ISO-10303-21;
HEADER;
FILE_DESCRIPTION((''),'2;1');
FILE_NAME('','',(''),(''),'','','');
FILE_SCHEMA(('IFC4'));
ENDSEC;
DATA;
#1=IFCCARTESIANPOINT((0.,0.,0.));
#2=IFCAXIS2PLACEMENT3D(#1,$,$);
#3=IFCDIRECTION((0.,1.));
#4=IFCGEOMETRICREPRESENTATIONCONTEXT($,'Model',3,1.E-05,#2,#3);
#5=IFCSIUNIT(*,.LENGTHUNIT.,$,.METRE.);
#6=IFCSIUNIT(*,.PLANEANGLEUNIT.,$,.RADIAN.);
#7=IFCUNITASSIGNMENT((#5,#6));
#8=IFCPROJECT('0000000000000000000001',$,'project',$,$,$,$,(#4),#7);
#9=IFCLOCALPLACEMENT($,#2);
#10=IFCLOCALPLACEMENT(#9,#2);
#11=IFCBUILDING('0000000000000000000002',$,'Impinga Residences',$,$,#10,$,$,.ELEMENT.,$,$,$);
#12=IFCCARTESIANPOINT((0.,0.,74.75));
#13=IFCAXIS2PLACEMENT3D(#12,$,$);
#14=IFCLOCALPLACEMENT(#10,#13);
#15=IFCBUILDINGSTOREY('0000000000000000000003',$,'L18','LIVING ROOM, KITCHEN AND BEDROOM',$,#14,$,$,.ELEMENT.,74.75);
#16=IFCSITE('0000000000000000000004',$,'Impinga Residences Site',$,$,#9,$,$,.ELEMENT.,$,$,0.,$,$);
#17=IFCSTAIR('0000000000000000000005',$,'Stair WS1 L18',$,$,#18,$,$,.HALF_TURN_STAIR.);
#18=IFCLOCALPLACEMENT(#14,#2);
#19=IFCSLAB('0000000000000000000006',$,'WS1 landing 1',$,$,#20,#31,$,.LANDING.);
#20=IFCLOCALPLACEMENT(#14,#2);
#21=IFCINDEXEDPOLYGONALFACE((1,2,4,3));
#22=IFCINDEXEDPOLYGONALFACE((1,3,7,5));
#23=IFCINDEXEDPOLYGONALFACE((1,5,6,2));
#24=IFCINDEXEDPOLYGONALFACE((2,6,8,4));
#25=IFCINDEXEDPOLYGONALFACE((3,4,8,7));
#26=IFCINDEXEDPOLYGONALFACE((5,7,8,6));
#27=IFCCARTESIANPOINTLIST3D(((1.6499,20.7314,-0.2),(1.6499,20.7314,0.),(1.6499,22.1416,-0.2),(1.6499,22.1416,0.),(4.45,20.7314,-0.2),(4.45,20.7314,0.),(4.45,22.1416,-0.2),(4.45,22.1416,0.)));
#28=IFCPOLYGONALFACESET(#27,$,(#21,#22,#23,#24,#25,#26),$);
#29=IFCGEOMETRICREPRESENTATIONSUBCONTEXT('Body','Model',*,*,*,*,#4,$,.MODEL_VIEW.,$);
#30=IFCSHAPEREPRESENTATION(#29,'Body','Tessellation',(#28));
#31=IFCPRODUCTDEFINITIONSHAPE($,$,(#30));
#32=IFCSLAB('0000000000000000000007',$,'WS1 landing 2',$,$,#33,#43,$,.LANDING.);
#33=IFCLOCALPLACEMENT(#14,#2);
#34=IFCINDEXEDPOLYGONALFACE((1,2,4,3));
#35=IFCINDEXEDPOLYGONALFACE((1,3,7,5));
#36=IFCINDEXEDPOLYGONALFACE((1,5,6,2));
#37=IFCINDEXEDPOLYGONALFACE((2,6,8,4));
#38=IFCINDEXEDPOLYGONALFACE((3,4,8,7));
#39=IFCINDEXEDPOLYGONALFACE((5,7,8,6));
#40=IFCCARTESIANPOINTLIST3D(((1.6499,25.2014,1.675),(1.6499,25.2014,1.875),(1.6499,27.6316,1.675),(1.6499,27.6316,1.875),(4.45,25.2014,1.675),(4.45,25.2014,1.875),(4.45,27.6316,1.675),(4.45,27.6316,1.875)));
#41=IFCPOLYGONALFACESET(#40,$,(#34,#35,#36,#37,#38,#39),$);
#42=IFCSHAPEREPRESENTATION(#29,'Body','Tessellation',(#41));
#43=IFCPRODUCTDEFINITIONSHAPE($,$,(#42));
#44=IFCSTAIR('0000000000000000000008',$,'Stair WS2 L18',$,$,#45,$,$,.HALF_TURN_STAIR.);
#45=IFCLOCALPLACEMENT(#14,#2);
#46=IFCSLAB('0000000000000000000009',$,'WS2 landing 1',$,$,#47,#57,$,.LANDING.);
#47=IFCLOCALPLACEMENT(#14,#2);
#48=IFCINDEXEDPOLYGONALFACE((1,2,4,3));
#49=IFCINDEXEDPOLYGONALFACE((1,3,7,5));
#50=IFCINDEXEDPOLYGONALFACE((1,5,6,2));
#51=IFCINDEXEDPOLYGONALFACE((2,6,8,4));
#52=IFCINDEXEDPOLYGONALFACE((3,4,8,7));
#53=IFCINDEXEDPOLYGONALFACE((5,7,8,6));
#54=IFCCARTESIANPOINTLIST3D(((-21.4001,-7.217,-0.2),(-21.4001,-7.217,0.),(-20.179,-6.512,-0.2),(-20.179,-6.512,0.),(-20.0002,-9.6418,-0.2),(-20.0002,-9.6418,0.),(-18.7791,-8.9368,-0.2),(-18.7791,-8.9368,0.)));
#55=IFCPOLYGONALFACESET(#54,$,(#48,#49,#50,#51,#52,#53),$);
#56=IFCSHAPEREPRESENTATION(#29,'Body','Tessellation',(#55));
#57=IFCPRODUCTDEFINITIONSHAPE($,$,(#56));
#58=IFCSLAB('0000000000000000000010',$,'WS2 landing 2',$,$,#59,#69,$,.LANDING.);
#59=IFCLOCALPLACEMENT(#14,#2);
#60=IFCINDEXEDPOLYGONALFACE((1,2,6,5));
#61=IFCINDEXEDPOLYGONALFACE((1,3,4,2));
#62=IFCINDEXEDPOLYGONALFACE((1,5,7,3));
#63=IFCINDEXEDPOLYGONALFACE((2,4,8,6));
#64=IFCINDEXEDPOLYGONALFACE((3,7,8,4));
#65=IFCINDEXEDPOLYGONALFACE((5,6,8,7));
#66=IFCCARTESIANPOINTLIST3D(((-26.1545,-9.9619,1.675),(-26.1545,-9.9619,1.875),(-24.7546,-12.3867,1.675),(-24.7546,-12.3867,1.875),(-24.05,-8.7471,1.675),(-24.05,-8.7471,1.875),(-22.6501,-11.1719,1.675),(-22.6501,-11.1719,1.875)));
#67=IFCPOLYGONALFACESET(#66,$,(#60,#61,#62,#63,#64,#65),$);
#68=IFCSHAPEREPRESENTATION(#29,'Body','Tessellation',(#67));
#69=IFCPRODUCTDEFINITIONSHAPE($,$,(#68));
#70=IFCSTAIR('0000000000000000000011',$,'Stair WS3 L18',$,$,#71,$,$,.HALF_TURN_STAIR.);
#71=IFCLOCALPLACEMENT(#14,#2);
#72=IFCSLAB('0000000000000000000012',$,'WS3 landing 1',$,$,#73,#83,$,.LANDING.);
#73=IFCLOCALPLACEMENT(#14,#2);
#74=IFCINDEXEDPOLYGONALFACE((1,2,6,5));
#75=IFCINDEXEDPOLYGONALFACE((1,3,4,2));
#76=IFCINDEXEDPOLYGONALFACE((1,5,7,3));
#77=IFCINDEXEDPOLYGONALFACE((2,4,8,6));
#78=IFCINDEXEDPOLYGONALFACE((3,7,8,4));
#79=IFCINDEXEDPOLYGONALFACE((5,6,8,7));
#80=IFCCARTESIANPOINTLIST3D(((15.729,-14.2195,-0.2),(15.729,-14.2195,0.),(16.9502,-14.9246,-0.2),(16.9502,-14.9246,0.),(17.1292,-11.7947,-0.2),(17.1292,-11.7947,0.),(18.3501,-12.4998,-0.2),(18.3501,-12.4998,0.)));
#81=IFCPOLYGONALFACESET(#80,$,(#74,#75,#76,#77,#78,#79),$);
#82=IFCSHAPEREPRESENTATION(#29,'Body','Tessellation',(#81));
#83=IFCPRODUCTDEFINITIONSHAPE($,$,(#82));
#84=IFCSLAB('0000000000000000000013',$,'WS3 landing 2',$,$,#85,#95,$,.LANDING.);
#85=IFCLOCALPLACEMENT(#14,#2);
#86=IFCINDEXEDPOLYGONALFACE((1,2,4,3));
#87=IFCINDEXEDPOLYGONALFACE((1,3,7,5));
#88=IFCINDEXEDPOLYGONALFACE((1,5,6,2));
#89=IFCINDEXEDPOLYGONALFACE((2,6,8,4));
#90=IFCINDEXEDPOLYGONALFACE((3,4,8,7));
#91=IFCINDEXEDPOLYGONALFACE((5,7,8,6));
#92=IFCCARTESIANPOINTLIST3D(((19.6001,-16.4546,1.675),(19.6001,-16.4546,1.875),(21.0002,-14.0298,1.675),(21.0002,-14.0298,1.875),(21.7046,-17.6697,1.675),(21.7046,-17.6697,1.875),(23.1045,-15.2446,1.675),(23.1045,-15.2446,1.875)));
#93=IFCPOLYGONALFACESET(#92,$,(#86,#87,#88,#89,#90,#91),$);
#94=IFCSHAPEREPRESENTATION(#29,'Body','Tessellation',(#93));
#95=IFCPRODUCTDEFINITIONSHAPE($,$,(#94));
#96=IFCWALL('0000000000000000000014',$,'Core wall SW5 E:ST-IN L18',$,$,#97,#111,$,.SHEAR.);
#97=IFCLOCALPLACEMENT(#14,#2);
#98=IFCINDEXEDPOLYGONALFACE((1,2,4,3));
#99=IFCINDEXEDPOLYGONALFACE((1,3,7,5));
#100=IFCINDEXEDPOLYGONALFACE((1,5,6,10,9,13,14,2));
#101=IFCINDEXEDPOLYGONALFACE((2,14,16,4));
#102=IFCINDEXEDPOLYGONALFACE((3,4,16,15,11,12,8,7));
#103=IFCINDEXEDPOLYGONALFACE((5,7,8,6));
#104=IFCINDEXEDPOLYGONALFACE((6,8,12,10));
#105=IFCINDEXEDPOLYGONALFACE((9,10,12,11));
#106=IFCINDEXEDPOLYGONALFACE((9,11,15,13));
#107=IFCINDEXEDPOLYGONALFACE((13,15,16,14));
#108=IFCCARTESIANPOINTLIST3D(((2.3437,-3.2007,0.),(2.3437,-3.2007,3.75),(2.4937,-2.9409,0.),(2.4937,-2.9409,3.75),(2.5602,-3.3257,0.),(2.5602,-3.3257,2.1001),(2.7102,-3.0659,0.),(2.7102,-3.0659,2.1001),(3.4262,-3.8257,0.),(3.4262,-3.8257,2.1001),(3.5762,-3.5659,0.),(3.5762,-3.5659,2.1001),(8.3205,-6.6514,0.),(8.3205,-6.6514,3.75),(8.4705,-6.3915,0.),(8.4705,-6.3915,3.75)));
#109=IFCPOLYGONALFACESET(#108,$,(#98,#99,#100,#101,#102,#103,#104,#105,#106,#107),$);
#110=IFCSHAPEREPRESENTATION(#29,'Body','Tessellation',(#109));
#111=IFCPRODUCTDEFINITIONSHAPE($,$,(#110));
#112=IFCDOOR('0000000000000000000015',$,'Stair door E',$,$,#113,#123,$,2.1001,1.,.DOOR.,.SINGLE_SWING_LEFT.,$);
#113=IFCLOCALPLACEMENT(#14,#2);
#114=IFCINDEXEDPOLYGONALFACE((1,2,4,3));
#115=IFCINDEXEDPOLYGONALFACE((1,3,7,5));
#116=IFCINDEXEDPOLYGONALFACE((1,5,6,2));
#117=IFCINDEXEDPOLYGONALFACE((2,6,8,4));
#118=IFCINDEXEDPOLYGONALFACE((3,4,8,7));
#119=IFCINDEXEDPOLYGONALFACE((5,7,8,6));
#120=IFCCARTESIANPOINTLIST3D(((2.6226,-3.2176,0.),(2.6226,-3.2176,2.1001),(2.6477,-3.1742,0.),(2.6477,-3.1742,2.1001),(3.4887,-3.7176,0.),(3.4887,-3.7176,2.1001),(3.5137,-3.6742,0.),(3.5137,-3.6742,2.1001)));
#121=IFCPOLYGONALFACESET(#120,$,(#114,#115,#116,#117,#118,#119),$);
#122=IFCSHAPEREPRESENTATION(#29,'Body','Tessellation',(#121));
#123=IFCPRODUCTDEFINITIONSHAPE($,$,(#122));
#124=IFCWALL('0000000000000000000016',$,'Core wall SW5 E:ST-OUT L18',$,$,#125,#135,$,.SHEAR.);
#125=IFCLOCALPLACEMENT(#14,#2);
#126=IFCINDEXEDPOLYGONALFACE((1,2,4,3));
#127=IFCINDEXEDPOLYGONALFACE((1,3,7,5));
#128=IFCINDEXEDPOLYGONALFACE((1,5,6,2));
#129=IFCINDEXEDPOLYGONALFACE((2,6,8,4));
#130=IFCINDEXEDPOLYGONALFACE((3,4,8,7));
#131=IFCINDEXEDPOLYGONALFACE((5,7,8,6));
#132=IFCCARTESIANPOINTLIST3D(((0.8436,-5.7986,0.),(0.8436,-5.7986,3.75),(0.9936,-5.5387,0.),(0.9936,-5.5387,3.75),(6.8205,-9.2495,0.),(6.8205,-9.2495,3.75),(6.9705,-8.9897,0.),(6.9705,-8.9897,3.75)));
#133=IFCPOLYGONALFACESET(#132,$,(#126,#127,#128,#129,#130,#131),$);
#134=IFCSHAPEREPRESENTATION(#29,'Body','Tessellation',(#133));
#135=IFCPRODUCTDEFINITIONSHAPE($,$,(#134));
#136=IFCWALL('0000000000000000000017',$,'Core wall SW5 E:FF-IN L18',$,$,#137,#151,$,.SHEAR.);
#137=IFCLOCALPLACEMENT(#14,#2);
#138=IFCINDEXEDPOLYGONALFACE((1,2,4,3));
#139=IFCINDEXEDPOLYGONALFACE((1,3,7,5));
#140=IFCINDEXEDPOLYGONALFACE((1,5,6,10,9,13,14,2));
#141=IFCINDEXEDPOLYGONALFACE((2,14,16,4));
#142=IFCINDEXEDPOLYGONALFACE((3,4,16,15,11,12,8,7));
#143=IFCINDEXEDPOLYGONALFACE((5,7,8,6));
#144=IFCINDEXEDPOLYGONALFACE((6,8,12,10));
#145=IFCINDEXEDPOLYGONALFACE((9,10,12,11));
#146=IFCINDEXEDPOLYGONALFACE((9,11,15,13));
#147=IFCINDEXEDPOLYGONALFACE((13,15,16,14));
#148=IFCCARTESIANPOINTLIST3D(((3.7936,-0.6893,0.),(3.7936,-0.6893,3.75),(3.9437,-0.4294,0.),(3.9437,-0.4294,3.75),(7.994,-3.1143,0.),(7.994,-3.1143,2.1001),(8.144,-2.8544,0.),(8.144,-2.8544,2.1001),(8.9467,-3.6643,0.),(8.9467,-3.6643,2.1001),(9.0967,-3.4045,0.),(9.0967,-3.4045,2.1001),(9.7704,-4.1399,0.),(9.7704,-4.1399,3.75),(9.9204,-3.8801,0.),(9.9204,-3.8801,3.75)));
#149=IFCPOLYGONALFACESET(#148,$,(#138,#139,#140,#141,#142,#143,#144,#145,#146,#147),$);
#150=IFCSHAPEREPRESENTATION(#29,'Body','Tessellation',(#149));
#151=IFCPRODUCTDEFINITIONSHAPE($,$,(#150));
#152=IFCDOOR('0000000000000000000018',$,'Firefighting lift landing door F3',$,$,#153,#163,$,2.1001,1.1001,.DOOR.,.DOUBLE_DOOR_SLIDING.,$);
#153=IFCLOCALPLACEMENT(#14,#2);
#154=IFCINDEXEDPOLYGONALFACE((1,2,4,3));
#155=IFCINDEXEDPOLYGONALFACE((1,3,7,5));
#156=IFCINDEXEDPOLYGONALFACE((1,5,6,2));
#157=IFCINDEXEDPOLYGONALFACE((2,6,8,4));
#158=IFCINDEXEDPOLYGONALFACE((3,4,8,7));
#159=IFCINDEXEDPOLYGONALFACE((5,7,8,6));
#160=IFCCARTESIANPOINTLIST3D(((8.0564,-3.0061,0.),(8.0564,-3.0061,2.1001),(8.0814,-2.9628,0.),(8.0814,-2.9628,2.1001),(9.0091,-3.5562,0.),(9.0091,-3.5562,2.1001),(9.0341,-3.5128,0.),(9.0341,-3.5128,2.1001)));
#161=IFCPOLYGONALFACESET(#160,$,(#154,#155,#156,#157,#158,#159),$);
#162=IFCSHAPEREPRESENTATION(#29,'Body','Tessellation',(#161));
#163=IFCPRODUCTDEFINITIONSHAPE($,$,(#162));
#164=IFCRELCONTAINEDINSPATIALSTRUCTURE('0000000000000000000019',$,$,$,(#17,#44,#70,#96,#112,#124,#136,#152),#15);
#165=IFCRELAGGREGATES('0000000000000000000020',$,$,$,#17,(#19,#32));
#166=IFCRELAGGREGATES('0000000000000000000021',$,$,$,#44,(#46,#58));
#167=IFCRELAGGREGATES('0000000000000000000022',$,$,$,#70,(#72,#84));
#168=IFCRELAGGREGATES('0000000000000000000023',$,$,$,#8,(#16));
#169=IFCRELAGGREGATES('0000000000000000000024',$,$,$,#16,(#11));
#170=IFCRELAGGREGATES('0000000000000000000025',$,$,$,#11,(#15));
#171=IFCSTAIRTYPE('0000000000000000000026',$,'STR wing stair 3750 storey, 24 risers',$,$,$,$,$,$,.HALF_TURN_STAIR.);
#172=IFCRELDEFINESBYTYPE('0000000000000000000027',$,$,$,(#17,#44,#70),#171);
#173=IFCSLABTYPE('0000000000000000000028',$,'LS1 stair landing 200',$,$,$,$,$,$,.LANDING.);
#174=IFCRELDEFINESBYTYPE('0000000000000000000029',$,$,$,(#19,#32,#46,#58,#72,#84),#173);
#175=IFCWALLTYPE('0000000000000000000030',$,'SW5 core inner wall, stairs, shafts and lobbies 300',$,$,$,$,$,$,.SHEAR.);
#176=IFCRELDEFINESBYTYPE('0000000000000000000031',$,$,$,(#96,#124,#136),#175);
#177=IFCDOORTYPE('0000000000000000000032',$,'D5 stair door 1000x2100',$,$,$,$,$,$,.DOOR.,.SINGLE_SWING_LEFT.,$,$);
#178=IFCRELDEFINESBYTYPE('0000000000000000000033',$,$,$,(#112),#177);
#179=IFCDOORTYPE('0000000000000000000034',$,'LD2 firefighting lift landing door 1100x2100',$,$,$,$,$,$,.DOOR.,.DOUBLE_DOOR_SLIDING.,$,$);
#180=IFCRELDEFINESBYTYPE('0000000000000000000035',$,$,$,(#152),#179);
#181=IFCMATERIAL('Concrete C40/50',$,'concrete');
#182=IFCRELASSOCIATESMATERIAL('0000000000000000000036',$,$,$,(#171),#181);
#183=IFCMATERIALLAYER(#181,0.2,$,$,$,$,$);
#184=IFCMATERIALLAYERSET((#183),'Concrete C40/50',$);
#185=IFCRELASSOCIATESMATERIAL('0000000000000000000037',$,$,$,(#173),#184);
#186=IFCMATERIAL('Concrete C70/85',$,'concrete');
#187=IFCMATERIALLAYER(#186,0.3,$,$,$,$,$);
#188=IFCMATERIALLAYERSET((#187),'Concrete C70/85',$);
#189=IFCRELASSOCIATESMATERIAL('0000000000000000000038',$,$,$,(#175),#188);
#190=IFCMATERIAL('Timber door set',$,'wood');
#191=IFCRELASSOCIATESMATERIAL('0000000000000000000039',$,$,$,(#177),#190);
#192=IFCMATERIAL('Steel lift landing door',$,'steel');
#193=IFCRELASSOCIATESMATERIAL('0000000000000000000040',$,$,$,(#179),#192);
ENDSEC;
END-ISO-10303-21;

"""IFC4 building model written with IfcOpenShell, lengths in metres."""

from ifc_helpers import new_model, si_unit, direction, frame, frame_2d, origin, place, context, subcontext, project, spatial, polyline, rectangle, outline, extrude, material, layer, layer_set, type_object, element, fill, aggregate, save


model = new_model("IFC4")

# Units and contexts
model_context = context("Model", 3, precision=1e-05, world=origin(), true_north=direction((0.0, 1.0)))
body_context = subcontext(model_context, "Body", "Model", "MODEL_VIEW")
ifc_project = project(units=[si_unit("LENGTHUNIT", "METRE"), si_unit("PLANEANGLEUNIT", "RADIAN")], contexts=[model_context])

# Site, building, storey
site_placement = place(None, origin())
site = spatial("IfcSite", under=ifc_project, at=site_placement, Name="Impinga Residences Site", CompositionType="ELEMENT", RefElevation=0.0)
building_placement = place(site_placement, origin())
building = spatial("IfcBuilding", under=site, at=building_placement, Name="Impinga Residences", CompositionType="ELEMENT")
storey_placement = place(building_placement, frame((0.0, 0.0, 74.75)))
storey = spatial("IfcBuildingStorey", under=building, at=storey_placement, Name="L18", Description="LIVING ROOM, KITCHEN AND BEDROOM", CompositionType="ELEMENT", Elevation=74.75)

# Stairs, slabs
ifc_material_1 = material(Name="Concrete C40/50", Category="concrete")
stair_type_1 = type_object("IfcStairType", Name="STR wing stair 3750 storey, 24 risers", PredefinedType="HALF_TURN_STAIR", material=ifc_material_1)
stair_1_placement = place(storey_placement, origin())
stair_1 = element("IfcStair", 1, at=stair_1_placement, inside=storey, type_object=stair_type_1, Name="Stair WS1 L18", PredefinedType="HALF_TURN_STAIR")
ifc_layer_1 = layer(ifc_material_1, 0.2)
ifc_layer_set_1 = layer_set([ifc_layer_1], Name="Concrete C40/50")
slab_type = type_object("IfcSlabType", Name="LS1 stair landing 200", PredefinedType="LANDING", material=ifc_layer_set_1)
slab_1_placement = place(storey_placement, frame((0.0, 0.0, -0.2)))
slab_1 = element("IfcSlab", 2, at=slab_1_placement, type_object=slab_type, Name="WS1 landing 1", PredefinedType="LANDING", context=body_context, shape_type="SweptSolid", body=[
    extrude(outline(polyline([(1.6499, 20.7314), (4.45, 20.7314), (4.45, 22.1416), (1.6499, 22.1416), (1.6499, 20.7314)])), origin(), (0.0, 0.0, 1.0), 0.2),
])
slab_2_placement = place(storey_placement, frame((0.0, 0.0, 1.675)))
slab_2 = element("IfcSlab", 3, at=slab_2_placement, type_object=slab_type, Name="WS1 landing 2", PredefinedType="LANDING", context=body_context, shape_type="SweptSolid", body=[
    extrude(outline(polyline([(1.6499, 25.2014), (4.45, 25.2014), (4.45, 27.6316), (1.6499, 27.6316), (1.6499, 25.2014)])), origin(), (0.0, 0.0, 1.0), 0.2),
])
aggregate(stair_1, [slab_1, slab_2])
stair_2_placement = place(storey_placement, origin())
stair_2 = element("IfcStair", 4, at=stair_2_placement, inside=storey, type_object=stair_type_1, Name="Stair WS2 L18", PredefinedType="HALF_TURN_STAIR")
slab_3_placement = place(storey_placement, frame((0.0, 0.0, -0.2)))
slab_3 = element("IfcSlab", 5, at=slab_3_placement, type_object=slab_type, Name="WS2 landing 1", PredefinedType="LANDING", context=body_context, shape_type="SweptSolid", body=[
    extrude(outline(polyline([(-18.7791, -8.9368), (-20.179, -6.512), (-21.4001, -7.217), (-20.0002, -9.6418), (-18.7791, -8.9368)])), origin(), (0.0, 0.0, 1.0), 0.2),
])
slab_4_placement = place(storey_placement, frame((0.0, 0.0, 1.675)))
slab_4 = element("IfcSlab", 6, at=slab_4_placement, type_object=slab_type, Name="WS2 landing 2", PredefinedType="LANDING", context=body_context, shape_type="SweptSolid", body=[
    extrude(outline(polyline([(-22.6501, -11.1719), (-24.05, -8.7471), (-26.1545, -9.9619), (-24.7546, -12.3867), (-22.6501, -11.1719)])), origin(), (0.0, 0.0, 1.0), 0.2),
])
aggregate(stair_2, [slab_3, slab_4])
stair_3_placement = place(storey_placement, origin())
stair_3 = element("IfcStair", 7, at=stair_3_placement, inside=storey, type_object=stair_type_1, Name="Stair WS3 L18", PredefinedType="HALF_TURN_STAIR")
slab_5_placement = place(storey_placement, frame((0.0, 0.0, -0.2)))
slab_5 = element("IfcSlab", 8, at=slab_5_placement, type_object=slab_type, Name="WS3 landing 1", PredefinedType="LANDING", context=body_context, shape_type="SweptSolid", body=[
    extrude(outline(polyline([(17.1292, -11.7947), (15.729, -14.2195), (16.9502, -14.9246), (18.3501, -12.4998), (17.1292, -11.7947)])), origin(), (0.0, 0.0, 1.0), 0.2),
])
slab_6_placement = place(storey_placement, frame((0.0, 0.0, 1.675)))
slab_6 = element("IfcSlab", 9, at=slab_6_placement, type_object=slab_type, Name="WS3 landing 2", PredefinedType="LANDING", context=body_context, shape_type="SweptSolid", body=[
    extrude(outline(polyline([(21.0002, -14.0298), (19.6001, -16.4546), (21.7046, -17.6697), (23.1045, -15.2446), (21.0002, -14.0298)])), origin(), (0.0, 0.0, 1.0), 0.2),
])
aggregate(stair_3, [slab_5, slab_6])

# Wall, opening, door
ifc_material_2 = material(Name="Concrete C70/85", Category="concrete")
ifc_layer_2 = layer(ifc_material_2, 0.3)
ifc_layer_set_2 = layer_set([ifc_layer_2], Name="Concrete C70/85")
wall_type = type_object("IfcWallType", Name="SW5 core inner wall, stairs, shafts and lobbies 300", PredefinedType="SHEAR", material=ifc_layer_set_2)
wall_1_placement = place(storey_placement, frame((2.4187, -3.0708, 0.0), z_axis=(0.0, 0.0, 1.0), x_axis=(0.866027, -0.499997, 0.0)))
wall_1 = element("IfcWall", 10, at=wall_1_placement, inside=storey, type_object=wall_type, Name="Core wall SW5 E:ST-IN L18", PredefinedType="SHEAR", context=body_context, shape_type="SweptSolid", body=[
    extrude(rectangle(XDim=6.9014, YDim=0.3, at=frame_2d((3.4507, 0.0))), origin(), (0.0, 0.0, 1.0), 3.75),
])
opening_1_placement = place(wall_1_placement, frame((0.25, 0.0, 0.0)))
opening_1 = element("IfcOpeningElement", 11, at=opening_1_placement, cuts=wall_1, PredefinedType="OPENING", context=body_context, shape_type="SweptSolid", body=[
    extrude(rectangle(XDim=1.0, YDim=2.1001, at=frame_2d((0.5, 1.05))), frame((0.0, 0.1599, 0.0), z_axis=(0.0, -1.0, 0.0), x_axis=(1.0, 0.0, 0.0)), (0.0, 0.0, 1.0), 0.3201),
])
ifc_material_3 = material(Name="Timber door set", Category="wood")
door_type_1 = type_object("IfcDoorType", Name="D5 stair door 1000x2100", OperationType="SINGLE_SWING_LEFT", PredefinedType="DOOR", material=ifc_material_3)
door_1_placement = place(opening_1_placement, origin())
door_1 = element("IfcDoor", 12, at=door_1_placement, inside=storey, type_object=door_type_1, Name="Stair door E", OperationType="SINGLE_SWING_LEFT", OverallHeight=2.1001, OverallWidth=1.0, PredefinedType="DOOR", context=body_context, shape_type="SweptSolid", body=[
    extrude(rectangle(XDim=1.0, YDim=2.1001, at=frame_2d((0.5, 1.05))), frame((0.0, 0.0249, 0.0), z_axis=(0.0, -1.0, 0.0), x_axis=(1.0, 0.0, 0.0)), (0.0, 0.0, 1.0), 0.05),
])
fill(opening_1, door_1)

# Wall
wall_2_placement = place(storey_placement, frame((0.9187, -5.6687, 0.0), z_axis=(0.0, 0.0, 1.0), x_axis=(0.866012, -0.500024, 0.0)))
element("IfcWall", 13, at=wall_2_placement, inside=storey, type_object=wall_type, Name="Core wall SW5 E:ST-OUT L18", PredefinedType="SHEAR", context=body_context, shape_type="SweptSolid", body=[
    extrude(rectangle(XDim=6.9016, YDim=0.3, at=frame_2d((3.4507, 0.0))), origin(), (0.0, 0.0, 1.0), 3.75),
])

# Wall, opening, door
wall_3_placement = place(storey_placement, frame((3.8687, -0.5593, 0.0), z_axis=(0.0, 0.0, 1.0), x_axis=(0.866027, -0.499997, 0.0)))
wall_3 = element("IfcWall", 14, at=wall_3_placement, inside=storey, type_object=wall_type, Name="Core wall SW5 E:FF-IN L18", PredefinedType="SHEAR", context=body_context, shape_type="SweptSolid", body=[
    extrude(rectangle(XDim=6.9014, YDim=0.3, at=frame_2d((3.4507, 0.0))), origin(), (0.0, 0.0, 1.0), 3.75),
])
opening_2_placement = place(wall_3_placement, frame((4.8501, 0.0, 0.0)))
opening_2 = element("IfcOpeningElement", 15, at=opening_2_placement, cuts=wall_3, PredefinedType="OPENING", context=body_context, shape_type="SweptSolid", body=[
    extrude(rectangle(XDim=1.1001, YDim=2.1001, at=frame_2d((0.55, 1.05))), frame((0.0, 0.1599, 0.0), z_axis=(0.0, -1.0, 0.0), x_axis=(1.0, 0.0, 0.0)), (0.0, 0.0, 1.0), 0.3201),
])
ifc_material_4 = material(Name="Steel lift landing door", Category="steel")
door_type_2 = type_object("IfcDoorType", Name="LD2 firefighting lift landing door 1100x2100", OperationType="DOUBLE_DOOR_SLIDING", PredefinedType="DOOR", material=ifc_material_4)
door_2_placement = place(opening_2_placement, origin())
door_2 = element("IfcDoor", 16, at=door_2_placement, inside=storey, type_object=door_type_2, Name="Firefighting lift landing door F3", OperationType="DOUBLE_DOOR_SLIDING", OverallHeight=2.1001, OverallWidth=1.1001, PredefinedType="DOOR", context=body_context, shape_type="SweptSolid", body=[
    extrude(rectangle(XDim=1.1001, YDim=2.1001, at=frame_2d((0.55, 1.05))), frame((0.0, 0.0249, 0.0), z_axis=(0.0, -1.0, 0.0), x_axis=(1.0, 0.0, 0.0)), (0.0, 0.0, 1.0), 0.05),
])
fill(opening_2, door_2)

save(model, "model.ifc")
